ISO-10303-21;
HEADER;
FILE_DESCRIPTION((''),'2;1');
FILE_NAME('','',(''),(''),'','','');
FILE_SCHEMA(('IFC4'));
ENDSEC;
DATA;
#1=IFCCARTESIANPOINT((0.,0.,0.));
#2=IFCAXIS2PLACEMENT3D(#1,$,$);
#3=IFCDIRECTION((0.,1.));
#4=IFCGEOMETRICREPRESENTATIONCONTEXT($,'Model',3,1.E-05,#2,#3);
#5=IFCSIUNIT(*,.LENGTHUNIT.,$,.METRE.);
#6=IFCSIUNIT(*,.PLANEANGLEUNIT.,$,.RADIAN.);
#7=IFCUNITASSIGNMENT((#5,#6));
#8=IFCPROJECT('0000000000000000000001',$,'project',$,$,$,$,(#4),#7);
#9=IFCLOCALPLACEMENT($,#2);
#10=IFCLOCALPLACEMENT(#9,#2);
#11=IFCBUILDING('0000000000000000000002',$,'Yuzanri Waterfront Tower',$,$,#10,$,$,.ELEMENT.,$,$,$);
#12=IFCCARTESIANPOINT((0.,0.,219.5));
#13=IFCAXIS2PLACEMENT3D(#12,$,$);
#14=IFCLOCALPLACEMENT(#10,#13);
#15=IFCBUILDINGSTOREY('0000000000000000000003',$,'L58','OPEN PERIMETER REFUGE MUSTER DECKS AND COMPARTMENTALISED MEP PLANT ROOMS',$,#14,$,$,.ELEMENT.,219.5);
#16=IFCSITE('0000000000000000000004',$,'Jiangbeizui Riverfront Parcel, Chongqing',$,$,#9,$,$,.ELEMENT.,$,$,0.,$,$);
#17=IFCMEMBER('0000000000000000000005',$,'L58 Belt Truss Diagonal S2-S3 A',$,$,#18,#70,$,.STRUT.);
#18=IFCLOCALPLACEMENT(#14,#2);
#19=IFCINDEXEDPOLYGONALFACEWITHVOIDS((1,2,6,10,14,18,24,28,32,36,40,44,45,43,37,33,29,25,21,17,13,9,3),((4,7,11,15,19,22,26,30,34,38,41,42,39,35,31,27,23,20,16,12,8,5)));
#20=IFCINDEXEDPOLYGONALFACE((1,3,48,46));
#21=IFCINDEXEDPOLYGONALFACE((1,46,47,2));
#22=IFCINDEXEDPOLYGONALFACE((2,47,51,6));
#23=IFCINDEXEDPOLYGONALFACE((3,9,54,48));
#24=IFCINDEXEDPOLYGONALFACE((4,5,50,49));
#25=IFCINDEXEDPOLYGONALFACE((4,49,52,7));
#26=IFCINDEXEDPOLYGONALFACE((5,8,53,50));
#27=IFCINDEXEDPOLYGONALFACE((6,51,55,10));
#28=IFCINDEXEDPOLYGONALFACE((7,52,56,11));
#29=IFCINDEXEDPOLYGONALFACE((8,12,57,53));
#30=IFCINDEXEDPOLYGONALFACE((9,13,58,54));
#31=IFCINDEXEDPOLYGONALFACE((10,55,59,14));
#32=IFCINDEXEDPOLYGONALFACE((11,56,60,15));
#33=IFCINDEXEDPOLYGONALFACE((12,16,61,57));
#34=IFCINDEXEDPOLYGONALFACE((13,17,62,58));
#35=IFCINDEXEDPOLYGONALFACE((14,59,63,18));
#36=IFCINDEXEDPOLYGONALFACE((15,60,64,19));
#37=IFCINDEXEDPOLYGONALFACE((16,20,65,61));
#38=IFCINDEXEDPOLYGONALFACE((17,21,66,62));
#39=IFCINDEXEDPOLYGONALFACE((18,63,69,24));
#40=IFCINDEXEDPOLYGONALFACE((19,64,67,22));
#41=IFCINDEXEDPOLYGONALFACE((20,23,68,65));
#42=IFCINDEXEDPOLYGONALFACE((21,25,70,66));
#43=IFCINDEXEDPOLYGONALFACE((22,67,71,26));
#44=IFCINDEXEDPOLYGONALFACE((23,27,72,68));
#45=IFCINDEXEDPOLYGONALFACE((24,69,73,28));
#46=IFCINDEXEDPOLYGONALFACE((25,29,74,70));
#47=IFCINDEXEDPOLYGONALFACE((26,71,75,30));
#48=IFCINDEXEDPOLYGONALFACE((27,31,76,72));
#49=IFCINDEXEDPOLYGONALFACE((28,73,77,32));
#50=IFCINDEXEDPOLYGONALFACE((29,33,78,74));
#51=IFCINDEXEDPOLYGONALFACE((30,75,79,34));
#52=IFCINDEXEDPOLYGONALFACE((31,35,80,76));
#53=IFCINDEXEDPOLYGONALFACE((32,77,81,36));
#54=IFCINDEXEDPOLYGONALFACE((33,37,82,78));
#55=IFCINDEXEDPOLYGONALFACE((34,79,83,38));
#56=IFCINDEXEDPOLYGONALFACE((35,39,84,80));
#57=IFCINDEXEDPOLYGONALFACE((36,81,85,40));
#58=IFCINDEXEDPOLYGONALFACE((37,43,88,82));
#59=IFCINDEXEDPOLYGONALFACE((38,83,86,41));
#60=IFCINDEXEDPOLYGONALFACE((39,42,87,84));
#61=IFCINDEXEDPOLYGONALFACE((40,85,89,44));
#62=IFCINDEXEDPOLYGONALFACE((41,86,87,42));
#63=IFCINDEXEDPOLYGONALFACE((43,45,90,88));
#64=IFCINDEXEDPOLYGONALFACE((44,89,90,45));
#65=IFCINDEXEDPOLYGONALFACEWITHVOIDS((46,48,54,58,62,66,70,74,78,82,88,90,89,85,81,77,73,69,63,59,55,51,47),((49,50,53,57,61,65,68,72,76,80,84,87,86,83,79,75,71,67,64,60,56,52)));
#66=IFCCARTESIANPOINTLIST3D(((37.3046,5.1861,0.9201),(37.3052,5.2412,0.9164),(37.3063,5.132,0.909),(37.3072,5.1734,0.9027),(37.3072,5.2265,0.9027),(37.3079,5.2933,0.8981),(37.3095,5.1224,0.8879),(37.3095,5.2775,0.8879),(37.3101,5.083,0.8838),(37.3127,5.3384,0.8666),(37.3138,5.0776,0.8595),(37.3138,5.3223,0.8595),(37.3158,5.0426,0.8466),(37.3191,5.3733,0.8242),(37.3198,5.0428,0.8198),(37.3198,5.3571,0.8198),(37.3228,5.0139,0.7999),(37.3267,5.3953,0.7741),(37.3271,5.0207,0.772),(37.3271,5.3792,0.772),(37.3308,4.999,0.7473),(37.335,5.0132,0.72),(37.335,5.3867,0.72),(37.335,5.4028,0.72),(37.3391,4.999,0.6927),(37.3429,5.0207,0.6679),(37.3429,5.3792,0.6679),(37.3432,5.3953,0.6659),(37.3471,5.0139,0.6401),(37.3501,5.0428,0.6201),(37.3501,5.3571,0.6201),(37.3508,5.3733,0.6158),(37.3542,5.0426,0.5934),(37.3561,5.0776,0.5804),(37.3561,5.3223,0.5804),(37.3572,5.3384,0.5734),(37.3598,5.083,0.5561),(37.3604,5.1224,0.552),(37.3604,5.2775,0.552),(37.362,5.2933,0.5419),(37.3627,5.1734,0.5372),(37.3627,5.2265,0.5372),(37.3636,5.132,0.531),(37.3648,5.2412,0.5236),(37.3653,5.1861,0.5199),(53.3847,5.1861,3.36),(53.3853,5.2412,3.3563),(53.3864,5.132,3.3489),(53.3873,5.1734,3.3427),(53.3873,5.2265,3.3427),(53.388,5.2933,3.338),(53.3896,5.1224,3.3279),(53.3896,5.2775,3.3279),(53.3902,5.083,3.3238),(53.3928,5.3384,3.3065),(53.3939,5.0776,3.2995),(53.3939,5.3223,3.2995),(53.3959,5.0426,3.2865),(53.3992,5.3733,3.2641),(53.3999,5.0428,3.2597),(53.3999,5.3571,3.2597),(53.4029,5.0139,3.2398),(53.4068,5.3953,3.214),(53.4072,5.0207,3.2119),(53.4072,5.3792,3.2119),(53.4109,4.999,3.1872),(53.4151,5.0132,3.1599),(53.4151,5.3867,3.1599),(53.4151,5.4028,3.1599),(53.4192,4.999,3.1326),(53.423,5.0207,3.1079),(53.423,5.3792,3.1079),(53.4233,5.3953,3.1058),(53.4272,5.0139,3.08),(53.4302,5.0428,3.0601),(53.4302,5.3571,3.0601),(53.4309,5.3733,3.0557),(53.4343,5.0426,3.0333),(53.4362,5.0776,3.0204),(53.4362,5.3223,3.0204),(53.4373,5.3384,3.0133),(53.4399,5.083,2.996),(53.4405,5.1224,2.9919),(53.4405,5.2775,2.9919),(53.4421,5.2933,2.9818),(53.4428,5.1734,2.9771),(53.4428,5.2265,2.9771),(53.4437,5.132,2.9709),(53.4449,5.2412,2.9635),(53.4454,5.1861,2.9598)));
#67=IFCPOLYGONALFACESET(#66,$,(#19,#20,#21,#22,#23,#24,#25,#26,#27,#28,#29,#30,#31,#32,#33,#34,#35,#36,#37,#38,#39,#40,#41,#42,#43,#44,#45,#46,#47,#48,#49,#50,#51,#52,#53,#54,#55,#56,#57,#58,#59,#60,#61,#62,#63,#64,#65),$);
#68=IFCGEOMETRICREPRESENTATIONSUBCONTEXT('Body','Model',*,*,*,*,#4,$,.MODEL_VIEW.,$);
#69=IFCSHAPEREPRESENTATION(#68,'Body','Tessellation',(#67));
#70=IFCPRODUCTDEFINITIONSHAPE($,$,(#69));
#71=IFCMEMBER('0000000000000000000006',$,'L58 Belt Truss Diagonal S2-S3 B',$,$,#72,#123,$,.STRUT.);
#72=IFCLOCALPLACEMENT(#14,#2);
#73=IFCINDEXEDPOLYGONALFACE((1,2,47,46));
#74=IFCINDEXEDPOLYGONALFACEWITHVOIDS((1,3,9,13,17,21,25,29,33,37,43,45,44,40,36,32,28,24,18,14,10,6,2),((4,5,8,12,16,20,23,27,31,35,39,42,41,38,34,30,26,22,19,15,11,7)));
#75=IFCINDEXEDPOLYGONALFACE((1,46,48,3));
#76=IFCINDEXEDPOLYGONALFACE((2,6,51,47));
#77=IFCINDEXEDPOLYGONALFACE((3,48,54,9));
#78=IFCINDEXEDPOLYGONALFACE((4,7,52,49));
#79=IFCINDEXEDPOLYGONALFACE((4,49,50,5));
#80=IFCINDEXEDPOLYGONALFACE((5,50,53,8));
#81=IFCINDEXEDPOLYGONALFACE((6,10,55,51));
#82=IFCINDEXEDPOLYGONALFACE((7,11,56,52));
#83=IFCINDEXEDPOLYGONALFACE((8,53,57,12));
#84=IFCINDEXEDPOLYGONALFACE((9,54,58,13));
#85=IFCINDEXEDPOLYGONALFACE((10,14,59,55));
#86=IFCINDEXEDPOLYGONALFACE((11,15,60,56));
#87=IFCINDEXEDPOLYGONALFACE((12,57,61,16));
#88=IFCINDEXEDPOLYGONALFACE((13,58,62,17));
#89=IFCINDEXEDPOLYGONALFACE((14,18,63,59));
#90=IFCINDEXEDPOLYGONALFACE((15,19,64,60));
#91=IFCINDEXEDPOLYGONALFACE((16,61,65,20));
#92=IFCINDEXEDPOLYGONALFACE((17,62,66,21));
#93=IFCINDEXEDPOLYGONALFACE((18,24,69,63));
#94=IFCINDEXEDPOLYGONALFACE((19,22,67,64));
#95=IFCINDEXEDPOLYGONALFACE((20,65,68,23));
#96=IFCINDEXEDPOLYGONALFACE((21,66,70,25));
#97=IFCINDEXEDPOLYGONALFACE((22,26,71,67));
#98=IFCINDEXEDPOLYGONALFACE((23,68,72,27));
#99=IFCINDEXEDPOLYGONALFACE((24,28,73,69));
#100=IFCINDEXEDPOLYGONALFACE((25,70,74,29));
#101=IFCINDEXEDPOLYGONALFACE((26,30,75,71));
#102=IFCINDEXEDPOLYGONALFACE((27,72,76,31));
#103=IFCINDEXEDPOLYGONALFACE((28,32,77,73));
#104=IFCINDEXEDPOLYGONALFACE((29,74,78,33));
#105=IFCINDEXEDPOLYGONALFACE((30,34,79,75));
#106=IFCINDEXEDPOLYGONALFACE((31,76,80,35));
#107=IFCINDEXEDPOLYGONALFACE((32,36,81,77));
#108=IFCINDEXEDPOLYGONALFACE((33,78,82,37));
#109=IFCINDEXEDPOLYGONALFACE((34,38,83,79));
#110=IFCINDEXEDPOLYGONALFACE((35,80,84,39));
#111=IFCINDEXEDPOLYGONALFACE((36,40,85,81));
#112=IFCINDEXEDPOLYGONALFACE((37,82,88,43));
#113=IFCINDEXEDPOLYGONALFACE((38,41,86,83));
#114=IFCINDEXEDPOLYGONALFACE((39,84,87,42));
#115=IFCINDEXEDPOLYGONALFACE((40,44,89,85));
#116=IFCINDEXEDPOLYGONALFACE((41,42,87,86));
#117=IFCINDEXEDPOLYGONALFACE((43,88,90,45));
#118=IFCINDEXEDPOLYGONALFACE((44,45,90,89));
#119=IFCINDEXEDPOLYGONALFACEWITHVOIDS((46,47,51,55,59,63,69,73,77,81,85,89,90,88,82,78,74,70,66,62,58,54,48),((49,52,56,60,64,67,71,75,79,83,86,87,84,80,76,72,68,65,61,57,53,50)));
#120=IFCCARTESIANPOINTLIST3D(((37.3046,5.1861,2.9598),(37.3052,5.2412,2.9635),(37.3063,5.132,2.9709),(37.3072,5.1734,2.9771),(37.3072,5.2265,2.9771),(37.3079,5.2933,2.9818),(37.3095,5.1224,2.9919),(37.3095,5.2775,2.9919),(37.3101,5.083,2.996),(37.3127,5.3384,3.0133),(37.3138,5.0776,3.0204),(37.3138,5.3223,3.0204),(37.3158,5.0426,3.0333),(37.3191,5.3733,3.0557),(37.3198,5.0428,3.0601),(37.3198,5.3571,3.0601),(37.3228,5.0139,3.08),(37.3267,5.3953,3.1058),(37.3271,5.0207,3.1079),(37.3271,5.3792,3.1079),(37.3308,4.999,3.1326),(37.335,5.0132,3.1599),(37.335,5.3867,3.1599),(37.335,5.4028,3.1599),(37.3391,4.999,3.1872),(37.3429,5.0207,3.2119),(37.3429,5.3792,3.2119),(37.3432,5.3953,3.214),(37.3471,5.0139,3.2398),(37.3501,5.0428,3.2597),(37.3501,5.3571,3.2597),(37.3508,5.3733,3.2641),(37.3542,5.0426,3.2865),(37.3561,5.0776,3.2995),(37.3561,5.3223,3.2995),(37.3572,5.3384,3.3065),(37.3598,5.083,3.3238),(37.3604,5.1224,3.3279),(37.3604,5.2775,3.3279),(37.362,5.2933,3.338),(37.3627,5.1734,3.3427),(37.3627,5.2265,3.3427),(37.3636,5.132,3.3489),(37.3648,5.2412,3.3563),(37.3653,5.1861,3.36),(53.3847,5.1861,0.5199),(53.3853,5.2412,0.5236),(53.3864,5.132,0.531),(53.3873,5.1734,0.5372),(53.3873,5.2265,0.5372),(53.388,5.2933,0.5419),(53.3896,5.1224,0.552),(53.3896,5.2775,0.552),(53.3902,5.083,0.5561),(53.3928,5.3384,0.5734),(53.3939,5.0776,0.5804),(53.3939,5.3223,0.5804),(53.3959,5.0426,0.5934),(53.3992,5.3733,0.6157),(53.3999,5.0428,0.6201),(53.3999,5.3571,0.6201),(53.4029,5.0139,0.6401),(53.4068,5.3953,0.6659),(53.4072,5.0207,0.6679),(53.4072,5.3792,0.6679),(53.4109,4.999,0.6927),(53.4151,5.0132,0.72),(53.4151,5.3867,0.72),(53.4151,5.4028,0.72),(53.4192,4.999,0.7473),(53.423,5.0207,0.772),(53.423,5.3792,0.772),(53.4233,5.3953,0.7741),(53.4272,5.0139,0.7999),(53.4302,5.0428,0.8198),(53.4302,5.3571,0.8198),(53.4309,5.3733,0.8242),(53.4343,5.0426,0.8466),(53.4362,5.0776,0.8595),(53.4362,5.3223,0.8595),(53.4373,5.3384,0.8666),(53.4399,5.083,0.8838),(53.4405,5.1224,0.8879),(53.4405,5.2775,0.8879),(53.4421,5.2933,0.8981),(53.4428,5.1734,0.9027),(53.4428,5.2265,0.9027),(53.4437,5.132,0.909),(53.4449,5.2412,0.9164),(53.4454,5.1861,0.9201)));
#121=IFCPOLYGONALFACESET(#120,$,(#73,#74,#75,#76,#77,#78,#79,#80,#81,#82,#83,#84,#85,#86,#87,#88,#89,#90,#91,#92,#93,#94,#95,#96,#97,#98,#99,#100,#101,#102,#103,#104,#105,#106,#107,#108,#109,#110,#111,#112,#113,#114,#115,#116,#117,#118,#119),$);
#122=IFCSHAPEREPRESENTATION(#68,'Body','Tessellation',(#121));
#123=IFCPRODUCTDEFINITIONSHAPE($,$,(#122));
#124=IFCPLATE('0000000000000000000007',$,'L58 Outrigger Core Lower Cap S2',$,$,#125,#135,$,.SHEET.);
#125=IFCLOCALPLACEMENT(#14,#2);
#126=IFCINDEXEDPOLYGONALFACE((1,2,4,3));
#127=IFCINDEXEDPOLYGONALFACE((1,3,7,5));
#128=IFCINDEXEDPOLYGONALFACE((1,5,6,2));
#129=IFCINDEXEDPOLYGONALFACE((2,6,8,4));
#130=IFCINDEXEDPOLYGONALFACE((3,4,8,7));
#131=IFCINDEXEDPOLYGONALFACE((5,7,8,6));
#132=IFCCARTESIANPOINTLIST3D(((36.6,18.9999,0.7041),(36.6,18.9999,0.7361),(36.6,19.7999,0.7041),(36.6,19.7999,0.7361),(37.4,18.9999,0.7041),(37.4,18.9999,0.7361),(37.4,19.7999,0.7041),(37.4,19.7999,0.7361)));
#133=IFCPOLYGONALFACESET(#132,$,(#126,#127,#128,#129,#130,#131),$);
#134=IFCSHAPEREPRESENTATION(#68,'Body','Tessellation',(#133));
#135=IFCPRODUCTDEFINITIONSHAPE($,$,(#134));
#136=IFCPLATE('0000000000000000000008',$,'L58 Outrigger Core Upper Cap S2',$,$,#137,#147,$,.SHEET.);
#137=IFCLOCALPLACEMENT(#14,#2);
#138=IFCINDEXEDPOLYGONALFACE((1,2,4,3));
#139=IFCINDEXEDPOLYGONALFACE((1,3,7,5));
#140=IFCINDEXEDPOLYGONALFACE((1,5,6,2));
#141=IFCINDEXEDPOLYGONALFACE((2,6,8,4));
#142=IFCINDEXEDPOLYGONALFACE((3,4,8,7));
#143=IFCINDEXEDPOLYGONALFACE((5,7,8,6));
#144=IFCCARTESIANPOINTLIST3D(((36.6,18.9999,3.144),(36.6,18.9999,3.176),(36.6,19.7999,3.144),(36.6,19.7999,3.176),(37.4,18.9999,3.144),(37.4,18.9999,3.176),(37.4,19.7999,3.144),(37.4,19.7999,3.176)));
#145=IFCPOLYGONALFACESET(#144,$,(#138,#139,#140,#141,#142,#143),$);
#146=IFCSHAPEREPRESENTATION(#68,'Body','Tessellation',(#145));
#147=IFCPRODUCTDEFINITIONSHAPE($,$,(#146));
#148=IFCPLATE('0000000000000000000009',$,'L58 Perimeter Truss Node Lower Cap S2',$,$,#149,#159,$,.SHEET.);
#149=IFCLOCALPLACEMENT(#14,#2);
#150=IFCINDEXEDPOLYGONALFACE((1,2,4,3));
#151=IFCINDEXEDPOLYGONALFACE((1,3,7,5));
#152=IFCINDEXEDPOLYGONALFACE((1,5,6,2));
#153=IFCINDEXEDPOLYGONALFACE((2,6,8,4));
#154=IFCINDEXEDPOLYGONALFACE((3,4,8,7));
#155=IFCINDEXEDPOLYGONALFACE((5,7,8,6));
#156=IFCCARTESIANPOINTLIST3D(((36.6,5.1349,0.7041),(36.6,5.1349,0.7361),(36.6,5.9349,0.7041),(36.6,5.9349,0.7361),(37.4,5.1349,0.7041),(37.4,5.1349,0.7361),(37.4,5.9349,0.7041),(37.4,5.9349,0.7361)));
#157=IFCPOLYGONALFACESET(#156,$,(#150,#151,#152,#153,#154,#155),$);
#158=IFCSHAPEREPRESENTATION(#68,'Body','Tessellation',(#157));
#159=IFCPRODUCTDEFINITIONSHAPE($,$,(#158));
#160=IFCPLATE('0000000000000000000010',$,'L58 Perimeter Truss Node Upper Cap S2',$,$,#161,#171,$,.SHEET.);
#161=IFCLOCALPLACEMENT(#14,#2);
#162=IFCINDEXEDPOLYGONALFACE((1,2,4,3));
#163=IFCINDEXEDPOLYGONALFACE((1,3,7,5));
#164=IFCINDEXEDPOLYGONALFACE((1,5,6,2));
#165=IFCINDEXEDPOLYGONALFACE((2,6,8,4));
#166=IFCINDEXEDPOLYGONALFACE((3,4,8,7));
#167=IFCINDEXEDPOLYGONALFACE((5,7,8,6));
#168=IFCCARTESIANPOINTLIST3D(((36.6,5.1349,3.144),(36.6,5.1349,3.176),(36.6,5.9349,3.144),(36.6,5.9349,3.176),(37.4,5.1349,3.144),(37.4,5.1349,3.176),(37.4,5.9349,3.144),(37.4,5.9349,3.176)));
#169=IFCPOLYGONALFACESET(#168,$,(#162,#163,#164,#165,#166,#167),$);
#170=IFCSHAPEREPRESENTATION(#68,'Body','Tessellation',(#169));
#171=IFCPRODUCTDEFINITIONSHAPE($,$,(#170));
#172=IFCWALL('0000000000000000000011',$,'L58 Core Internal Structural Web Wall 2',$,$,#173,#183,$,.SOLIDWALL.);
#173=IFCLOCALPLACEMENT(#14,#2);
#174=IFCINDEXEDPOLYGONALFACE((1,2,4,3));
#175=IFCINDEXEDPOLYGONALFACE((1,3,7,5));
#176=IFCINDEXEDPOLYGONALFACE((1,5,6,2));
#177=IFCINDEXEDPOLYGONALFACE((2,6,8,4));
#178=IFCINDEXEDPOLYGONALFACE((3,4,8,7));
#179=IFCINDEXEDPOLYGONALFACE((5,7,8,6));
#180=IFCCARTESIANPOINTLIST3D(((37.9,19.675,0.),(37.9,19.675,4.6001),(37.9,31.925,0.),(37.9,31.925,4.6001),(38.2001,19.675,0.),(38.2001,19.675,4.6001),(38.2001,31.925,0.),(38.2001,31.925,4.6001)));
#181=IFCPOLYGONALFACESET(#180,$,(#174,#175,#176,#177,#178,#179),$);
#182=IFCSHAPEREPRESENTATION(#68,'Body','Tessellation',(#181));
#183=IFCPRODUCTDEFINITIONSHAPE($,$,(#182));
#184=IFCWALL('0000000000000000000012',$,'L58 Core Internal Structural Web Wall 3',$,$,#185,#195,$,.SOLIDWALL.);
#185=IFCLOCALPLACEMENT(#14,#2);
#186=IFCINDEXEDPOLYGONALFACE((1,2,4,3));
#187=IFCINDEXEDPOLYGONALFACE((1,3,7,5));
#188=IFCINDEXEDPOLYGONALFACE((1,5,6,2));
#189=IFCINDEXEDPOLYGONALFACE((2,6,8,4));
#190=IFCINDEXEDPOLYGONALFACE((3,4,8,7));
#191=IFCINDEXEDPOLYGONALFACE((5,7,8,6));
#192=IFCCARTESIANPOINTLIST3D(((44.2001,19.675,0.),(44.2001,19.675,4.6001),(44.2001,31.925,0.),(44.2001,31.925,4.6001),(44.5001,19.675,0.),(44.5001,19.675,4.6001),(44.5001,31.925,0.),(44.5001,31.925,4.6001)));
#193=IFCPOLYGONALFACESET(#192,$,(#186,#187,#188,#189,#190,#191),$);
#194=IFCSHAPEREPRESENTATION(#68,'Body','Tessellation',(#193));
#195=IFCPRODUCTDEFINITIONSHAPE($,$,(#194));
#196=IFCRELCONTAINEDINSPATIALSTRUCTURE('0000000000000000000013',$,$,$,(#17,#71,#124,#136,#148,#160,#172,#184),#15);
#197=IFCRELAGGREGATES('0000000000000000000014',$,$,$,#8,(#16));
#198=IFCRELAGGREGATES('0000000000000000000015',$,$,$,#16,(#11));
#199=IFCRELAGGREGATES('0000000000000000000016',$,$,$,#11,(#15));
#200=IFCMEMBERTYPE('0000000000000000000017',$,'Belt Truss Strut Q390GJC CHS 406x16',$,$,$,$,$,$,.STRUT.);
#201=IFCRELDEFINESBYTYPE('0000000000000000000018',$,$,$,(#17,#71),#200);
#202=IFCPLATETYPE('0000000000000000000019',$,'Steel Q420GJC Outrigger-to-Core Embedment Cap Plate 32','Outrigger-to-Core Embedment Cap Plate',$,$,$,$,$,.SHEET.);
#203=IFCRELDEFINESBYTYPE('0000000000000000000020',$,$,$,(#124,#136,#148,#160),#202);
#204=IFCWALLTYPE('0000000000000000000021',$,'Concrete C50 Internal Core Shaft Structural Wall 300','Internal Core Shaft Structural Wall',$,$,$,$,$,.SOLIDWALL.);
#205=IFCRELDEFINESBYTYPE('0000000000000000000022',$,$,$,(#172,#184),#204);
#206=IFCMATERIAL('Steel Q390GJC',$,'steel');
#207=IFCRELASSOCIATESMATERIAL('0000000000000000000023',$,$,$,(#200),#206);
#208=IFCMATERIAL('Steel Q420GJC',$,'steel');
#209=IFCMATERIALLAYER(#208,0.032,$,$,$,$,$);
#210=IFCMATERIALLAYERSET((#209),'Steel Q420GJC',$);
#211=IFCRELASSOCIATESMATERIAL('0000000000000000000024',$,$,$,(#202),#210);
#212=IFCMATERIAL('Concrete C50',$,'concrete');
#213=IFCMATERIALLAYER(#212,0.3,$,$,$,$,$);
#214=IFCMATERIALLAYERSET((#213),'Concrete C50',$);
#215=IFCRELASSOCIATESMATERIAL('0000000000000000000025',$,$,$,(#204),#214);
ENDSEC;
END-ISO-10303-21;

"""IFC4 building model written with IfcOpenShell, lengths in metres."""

from ifc_helpers import new_model, si_unit, direction, frame, frame_2d, origin, origin_2d, place, context, subcontext, project, spatial, rectangle, hollow_circle, extrude, source, transform, mapped, material, layer, layer_set, material_profile, profile_set, type_object, element, save


model = new_model("IFC4")

# Units and contexts
model_context = context("Model", 3, precision=1e-05, world=origin(), true_north=direction((0.0, 1.0)))
body_context = subcontext(model_context, "Body", "Model", "MODEL_VIEW")
ifc_project = project(units=[si_unit("LENGTHUNIT", "METRE"), si_unit("PLANEANGLEUNIT", "RADIAN")], contexts=[model_context])

# Site, building, storey
site_placement = place(None, origin())
site = spatial("IfcSite", under=ifc_project, at=site_placement, Name="Jiangbeizui Riverfront Parcel, Chongqing", CompositionType="ELEMENT", RefElevation=0.0)
building_placement = place(site_placement, origin())
building = spatial("IfcBuilding", under=site, at=building_placement, Name="Yuzanri Waterfront Tower", CompositionType="ELEMENT")
storey_placement = place(building_placement, frame((0.0, 0.0, 219.5)))
storey = spatial("IfcBuildingStorey", under=building, at=storey_placement, Name="L58", Description="OPEN PERIMETER REFUGE MUSTER DECKS AND COMPARTMENTALISED MEP PLANT ROOMS", CompositionType="ELEMENT", Elevation=219.5)

# Members
ifc_material_1 = material(Name="Steel Q390GJC", Category="steel")
ifc_material_profile_1 = material_profile(ifc_material_1, hollow_circle(Radius=0.2029, WallThickness=0.0161, at=origin_2d()), Name="CHS 406x16")
ifc_profile_set_1 = profile_set([ifc_material_profile_1], Name="Steel Q390GJC")
member_type_1 = type_object("IfcMemberType", Name="Belt Truss Strut Q390GJC CHS 406x16", PredefinedType="STRUT", material=ifc_profile_set_1)
shared_shape_1 = source(origin(), body_context, "Body", "SweptSolid", [
    extrude(hollow_circle(Radius=0.2029, WallThickness=0.0161, at=origin_2d()), origin(), (0.0, 0.0, 1.0), 16.2642),
])
for number, where, z_axis, x_axis, name in (
    (1, (37.335, 5.2, 0.72), (0.988683, 0.0, 0.15002), (0.0, 1.0, 0.0), "L58 Belt Truss Diagonal S2-S3 A"),
    (2, (37.335, 5.2, 3.1599), (0.988683, 0.0, -0.15002), (0.0, 1.0, 0.0), "L58 Belt Truss Diagonal S2-S3 B"),
):
    element("IfcMember", number, at=place(storey_placement, frame(where, z_axis=z_axis, x_axis=x_axis)), inside=storey, type_object=member_type_1, Name=name, PredefinedType="STRUT", context=body_context, shape_type="MappedRepresentation", body=[
        mapped(shared_shape_1, transform((0.0, 0.0, 0.0), scale=1.0)),
    ])

# Plates
ifc_material_2 = material(Name="Steel Q420GJC", Category="steel")
ifc_layer_1 = layer(ifc_material_2, 0.032)
ifc_layer_set_1 = layer_set([ifc_layer_1], Name="Steel Q420GJC")
plate_type = type_object("IfcPlateType", Name="Steel Q420GJC Outrigger-to-Core Embedment Cap Plate 32", Description="Outrigger-to-Core Embedment Cap Plate", PredefinedType="SHEET", material=ifc_layer_set_1)
shared_shape_2 = source(origin(), body_context, "Body", "SweptSolid", [
    extrude(rectangle(XDim=0.8, YDim=0.8, at=origin_2d()), origin(), (0.0, 0.0, 1.0), 0.032),
])
for number, where, z_axis, x_axis, name in (
    (3, (37.0, 19.3999, 0.7041), (0.0, 0.0, 1.0), (1.0, 0.0, 0.0), "L58 Outrigger Core Lower Cap S2"),
    (4, (37.0, 19.3999, 3.144), (0.0, 0.0, 1.0), (1.0, 0.0, 0.0), "L58 Outrigger Core Upper Cap S2"),
    (5, (37.0, 5.5349, 0.7041), (0.0, 0.0, 1.0), (1.0, 0.0, 0.0), "L58 Perimeter Truss Node Lower Cap S2"),
    (6, (37.0, 5.5349, 3.144), (0.0, 0.0, 1.0), (1.0, 0.0, 0.0), "L58 Perimeter Truss Node Upper Cap S2"),
):
    element("IfcPlate", number, at=place(storey_placement, frame(where, z_axis=z_axis, x_axis=x_axis)), inside=storey, type_object=plate_type, Name=name, PredefinedType="SHEET", context=body_context, shape_type="MappedRepresentation", body=[
        mapped(shared_shape_2, transform((0.0, 0.0, 0.0), scale=1.0)),
    ])

# Walls
ifc_material_3 = material(Name="Concrete C50", Category="concrete")
ifc_layer_2 = layer(ifc_material_3, 0.3)
ifc_layer_set_2 = layer_set([ifc_layer_2], Name="Concrete C50")
wall_type_1 = type_object("IfcWallType", Name="Concrete C50 Internal Core Shaft Structural Wall 300", Description="Internal Core Shaft Structural Wall", PredefinedType="SOLIDWALL", material=ifc_layer_set_2)
shared_shape_3 = source(origin(), body_context, "Body", "SweptSolid", [
    extrude(rectangle(XDim=12.25, YDim=0.3, at=frame_2d((6.125, 0.0))), origin(), (0.0, 0.0, 1.0), 4.6001),
])
for number, where, z_axis, x_axis, name in (
    (7, (38.05, 19.675, 0.0), (0.0, 0.0, 1.0), (0.0, 1.0, 0.0), "L58 Core Internal Structural Web Wall 2"),
    (8, (44.3501, 19.675, 0.0), (0.0, 0.0, 1.0), (0.0, 1.0, 0.0), "L58 Core Internal Structural Web Wall 3"),
):
    element("IfcWall", number, at=place(storey_placement, frame(where, z_axis=z_axis, x_axis=x_axis)), inside=storey, type_object=wall_type_1, Name=name, PredefinedType="SOLIDWALL", context=body_context, shape_type="MappedRepresentation", body=[
        mapped(shared_shape_3, transform((0.0, 0.0, 0.0), scale=1.0)),
    ])

save(model, "model.ifc")
